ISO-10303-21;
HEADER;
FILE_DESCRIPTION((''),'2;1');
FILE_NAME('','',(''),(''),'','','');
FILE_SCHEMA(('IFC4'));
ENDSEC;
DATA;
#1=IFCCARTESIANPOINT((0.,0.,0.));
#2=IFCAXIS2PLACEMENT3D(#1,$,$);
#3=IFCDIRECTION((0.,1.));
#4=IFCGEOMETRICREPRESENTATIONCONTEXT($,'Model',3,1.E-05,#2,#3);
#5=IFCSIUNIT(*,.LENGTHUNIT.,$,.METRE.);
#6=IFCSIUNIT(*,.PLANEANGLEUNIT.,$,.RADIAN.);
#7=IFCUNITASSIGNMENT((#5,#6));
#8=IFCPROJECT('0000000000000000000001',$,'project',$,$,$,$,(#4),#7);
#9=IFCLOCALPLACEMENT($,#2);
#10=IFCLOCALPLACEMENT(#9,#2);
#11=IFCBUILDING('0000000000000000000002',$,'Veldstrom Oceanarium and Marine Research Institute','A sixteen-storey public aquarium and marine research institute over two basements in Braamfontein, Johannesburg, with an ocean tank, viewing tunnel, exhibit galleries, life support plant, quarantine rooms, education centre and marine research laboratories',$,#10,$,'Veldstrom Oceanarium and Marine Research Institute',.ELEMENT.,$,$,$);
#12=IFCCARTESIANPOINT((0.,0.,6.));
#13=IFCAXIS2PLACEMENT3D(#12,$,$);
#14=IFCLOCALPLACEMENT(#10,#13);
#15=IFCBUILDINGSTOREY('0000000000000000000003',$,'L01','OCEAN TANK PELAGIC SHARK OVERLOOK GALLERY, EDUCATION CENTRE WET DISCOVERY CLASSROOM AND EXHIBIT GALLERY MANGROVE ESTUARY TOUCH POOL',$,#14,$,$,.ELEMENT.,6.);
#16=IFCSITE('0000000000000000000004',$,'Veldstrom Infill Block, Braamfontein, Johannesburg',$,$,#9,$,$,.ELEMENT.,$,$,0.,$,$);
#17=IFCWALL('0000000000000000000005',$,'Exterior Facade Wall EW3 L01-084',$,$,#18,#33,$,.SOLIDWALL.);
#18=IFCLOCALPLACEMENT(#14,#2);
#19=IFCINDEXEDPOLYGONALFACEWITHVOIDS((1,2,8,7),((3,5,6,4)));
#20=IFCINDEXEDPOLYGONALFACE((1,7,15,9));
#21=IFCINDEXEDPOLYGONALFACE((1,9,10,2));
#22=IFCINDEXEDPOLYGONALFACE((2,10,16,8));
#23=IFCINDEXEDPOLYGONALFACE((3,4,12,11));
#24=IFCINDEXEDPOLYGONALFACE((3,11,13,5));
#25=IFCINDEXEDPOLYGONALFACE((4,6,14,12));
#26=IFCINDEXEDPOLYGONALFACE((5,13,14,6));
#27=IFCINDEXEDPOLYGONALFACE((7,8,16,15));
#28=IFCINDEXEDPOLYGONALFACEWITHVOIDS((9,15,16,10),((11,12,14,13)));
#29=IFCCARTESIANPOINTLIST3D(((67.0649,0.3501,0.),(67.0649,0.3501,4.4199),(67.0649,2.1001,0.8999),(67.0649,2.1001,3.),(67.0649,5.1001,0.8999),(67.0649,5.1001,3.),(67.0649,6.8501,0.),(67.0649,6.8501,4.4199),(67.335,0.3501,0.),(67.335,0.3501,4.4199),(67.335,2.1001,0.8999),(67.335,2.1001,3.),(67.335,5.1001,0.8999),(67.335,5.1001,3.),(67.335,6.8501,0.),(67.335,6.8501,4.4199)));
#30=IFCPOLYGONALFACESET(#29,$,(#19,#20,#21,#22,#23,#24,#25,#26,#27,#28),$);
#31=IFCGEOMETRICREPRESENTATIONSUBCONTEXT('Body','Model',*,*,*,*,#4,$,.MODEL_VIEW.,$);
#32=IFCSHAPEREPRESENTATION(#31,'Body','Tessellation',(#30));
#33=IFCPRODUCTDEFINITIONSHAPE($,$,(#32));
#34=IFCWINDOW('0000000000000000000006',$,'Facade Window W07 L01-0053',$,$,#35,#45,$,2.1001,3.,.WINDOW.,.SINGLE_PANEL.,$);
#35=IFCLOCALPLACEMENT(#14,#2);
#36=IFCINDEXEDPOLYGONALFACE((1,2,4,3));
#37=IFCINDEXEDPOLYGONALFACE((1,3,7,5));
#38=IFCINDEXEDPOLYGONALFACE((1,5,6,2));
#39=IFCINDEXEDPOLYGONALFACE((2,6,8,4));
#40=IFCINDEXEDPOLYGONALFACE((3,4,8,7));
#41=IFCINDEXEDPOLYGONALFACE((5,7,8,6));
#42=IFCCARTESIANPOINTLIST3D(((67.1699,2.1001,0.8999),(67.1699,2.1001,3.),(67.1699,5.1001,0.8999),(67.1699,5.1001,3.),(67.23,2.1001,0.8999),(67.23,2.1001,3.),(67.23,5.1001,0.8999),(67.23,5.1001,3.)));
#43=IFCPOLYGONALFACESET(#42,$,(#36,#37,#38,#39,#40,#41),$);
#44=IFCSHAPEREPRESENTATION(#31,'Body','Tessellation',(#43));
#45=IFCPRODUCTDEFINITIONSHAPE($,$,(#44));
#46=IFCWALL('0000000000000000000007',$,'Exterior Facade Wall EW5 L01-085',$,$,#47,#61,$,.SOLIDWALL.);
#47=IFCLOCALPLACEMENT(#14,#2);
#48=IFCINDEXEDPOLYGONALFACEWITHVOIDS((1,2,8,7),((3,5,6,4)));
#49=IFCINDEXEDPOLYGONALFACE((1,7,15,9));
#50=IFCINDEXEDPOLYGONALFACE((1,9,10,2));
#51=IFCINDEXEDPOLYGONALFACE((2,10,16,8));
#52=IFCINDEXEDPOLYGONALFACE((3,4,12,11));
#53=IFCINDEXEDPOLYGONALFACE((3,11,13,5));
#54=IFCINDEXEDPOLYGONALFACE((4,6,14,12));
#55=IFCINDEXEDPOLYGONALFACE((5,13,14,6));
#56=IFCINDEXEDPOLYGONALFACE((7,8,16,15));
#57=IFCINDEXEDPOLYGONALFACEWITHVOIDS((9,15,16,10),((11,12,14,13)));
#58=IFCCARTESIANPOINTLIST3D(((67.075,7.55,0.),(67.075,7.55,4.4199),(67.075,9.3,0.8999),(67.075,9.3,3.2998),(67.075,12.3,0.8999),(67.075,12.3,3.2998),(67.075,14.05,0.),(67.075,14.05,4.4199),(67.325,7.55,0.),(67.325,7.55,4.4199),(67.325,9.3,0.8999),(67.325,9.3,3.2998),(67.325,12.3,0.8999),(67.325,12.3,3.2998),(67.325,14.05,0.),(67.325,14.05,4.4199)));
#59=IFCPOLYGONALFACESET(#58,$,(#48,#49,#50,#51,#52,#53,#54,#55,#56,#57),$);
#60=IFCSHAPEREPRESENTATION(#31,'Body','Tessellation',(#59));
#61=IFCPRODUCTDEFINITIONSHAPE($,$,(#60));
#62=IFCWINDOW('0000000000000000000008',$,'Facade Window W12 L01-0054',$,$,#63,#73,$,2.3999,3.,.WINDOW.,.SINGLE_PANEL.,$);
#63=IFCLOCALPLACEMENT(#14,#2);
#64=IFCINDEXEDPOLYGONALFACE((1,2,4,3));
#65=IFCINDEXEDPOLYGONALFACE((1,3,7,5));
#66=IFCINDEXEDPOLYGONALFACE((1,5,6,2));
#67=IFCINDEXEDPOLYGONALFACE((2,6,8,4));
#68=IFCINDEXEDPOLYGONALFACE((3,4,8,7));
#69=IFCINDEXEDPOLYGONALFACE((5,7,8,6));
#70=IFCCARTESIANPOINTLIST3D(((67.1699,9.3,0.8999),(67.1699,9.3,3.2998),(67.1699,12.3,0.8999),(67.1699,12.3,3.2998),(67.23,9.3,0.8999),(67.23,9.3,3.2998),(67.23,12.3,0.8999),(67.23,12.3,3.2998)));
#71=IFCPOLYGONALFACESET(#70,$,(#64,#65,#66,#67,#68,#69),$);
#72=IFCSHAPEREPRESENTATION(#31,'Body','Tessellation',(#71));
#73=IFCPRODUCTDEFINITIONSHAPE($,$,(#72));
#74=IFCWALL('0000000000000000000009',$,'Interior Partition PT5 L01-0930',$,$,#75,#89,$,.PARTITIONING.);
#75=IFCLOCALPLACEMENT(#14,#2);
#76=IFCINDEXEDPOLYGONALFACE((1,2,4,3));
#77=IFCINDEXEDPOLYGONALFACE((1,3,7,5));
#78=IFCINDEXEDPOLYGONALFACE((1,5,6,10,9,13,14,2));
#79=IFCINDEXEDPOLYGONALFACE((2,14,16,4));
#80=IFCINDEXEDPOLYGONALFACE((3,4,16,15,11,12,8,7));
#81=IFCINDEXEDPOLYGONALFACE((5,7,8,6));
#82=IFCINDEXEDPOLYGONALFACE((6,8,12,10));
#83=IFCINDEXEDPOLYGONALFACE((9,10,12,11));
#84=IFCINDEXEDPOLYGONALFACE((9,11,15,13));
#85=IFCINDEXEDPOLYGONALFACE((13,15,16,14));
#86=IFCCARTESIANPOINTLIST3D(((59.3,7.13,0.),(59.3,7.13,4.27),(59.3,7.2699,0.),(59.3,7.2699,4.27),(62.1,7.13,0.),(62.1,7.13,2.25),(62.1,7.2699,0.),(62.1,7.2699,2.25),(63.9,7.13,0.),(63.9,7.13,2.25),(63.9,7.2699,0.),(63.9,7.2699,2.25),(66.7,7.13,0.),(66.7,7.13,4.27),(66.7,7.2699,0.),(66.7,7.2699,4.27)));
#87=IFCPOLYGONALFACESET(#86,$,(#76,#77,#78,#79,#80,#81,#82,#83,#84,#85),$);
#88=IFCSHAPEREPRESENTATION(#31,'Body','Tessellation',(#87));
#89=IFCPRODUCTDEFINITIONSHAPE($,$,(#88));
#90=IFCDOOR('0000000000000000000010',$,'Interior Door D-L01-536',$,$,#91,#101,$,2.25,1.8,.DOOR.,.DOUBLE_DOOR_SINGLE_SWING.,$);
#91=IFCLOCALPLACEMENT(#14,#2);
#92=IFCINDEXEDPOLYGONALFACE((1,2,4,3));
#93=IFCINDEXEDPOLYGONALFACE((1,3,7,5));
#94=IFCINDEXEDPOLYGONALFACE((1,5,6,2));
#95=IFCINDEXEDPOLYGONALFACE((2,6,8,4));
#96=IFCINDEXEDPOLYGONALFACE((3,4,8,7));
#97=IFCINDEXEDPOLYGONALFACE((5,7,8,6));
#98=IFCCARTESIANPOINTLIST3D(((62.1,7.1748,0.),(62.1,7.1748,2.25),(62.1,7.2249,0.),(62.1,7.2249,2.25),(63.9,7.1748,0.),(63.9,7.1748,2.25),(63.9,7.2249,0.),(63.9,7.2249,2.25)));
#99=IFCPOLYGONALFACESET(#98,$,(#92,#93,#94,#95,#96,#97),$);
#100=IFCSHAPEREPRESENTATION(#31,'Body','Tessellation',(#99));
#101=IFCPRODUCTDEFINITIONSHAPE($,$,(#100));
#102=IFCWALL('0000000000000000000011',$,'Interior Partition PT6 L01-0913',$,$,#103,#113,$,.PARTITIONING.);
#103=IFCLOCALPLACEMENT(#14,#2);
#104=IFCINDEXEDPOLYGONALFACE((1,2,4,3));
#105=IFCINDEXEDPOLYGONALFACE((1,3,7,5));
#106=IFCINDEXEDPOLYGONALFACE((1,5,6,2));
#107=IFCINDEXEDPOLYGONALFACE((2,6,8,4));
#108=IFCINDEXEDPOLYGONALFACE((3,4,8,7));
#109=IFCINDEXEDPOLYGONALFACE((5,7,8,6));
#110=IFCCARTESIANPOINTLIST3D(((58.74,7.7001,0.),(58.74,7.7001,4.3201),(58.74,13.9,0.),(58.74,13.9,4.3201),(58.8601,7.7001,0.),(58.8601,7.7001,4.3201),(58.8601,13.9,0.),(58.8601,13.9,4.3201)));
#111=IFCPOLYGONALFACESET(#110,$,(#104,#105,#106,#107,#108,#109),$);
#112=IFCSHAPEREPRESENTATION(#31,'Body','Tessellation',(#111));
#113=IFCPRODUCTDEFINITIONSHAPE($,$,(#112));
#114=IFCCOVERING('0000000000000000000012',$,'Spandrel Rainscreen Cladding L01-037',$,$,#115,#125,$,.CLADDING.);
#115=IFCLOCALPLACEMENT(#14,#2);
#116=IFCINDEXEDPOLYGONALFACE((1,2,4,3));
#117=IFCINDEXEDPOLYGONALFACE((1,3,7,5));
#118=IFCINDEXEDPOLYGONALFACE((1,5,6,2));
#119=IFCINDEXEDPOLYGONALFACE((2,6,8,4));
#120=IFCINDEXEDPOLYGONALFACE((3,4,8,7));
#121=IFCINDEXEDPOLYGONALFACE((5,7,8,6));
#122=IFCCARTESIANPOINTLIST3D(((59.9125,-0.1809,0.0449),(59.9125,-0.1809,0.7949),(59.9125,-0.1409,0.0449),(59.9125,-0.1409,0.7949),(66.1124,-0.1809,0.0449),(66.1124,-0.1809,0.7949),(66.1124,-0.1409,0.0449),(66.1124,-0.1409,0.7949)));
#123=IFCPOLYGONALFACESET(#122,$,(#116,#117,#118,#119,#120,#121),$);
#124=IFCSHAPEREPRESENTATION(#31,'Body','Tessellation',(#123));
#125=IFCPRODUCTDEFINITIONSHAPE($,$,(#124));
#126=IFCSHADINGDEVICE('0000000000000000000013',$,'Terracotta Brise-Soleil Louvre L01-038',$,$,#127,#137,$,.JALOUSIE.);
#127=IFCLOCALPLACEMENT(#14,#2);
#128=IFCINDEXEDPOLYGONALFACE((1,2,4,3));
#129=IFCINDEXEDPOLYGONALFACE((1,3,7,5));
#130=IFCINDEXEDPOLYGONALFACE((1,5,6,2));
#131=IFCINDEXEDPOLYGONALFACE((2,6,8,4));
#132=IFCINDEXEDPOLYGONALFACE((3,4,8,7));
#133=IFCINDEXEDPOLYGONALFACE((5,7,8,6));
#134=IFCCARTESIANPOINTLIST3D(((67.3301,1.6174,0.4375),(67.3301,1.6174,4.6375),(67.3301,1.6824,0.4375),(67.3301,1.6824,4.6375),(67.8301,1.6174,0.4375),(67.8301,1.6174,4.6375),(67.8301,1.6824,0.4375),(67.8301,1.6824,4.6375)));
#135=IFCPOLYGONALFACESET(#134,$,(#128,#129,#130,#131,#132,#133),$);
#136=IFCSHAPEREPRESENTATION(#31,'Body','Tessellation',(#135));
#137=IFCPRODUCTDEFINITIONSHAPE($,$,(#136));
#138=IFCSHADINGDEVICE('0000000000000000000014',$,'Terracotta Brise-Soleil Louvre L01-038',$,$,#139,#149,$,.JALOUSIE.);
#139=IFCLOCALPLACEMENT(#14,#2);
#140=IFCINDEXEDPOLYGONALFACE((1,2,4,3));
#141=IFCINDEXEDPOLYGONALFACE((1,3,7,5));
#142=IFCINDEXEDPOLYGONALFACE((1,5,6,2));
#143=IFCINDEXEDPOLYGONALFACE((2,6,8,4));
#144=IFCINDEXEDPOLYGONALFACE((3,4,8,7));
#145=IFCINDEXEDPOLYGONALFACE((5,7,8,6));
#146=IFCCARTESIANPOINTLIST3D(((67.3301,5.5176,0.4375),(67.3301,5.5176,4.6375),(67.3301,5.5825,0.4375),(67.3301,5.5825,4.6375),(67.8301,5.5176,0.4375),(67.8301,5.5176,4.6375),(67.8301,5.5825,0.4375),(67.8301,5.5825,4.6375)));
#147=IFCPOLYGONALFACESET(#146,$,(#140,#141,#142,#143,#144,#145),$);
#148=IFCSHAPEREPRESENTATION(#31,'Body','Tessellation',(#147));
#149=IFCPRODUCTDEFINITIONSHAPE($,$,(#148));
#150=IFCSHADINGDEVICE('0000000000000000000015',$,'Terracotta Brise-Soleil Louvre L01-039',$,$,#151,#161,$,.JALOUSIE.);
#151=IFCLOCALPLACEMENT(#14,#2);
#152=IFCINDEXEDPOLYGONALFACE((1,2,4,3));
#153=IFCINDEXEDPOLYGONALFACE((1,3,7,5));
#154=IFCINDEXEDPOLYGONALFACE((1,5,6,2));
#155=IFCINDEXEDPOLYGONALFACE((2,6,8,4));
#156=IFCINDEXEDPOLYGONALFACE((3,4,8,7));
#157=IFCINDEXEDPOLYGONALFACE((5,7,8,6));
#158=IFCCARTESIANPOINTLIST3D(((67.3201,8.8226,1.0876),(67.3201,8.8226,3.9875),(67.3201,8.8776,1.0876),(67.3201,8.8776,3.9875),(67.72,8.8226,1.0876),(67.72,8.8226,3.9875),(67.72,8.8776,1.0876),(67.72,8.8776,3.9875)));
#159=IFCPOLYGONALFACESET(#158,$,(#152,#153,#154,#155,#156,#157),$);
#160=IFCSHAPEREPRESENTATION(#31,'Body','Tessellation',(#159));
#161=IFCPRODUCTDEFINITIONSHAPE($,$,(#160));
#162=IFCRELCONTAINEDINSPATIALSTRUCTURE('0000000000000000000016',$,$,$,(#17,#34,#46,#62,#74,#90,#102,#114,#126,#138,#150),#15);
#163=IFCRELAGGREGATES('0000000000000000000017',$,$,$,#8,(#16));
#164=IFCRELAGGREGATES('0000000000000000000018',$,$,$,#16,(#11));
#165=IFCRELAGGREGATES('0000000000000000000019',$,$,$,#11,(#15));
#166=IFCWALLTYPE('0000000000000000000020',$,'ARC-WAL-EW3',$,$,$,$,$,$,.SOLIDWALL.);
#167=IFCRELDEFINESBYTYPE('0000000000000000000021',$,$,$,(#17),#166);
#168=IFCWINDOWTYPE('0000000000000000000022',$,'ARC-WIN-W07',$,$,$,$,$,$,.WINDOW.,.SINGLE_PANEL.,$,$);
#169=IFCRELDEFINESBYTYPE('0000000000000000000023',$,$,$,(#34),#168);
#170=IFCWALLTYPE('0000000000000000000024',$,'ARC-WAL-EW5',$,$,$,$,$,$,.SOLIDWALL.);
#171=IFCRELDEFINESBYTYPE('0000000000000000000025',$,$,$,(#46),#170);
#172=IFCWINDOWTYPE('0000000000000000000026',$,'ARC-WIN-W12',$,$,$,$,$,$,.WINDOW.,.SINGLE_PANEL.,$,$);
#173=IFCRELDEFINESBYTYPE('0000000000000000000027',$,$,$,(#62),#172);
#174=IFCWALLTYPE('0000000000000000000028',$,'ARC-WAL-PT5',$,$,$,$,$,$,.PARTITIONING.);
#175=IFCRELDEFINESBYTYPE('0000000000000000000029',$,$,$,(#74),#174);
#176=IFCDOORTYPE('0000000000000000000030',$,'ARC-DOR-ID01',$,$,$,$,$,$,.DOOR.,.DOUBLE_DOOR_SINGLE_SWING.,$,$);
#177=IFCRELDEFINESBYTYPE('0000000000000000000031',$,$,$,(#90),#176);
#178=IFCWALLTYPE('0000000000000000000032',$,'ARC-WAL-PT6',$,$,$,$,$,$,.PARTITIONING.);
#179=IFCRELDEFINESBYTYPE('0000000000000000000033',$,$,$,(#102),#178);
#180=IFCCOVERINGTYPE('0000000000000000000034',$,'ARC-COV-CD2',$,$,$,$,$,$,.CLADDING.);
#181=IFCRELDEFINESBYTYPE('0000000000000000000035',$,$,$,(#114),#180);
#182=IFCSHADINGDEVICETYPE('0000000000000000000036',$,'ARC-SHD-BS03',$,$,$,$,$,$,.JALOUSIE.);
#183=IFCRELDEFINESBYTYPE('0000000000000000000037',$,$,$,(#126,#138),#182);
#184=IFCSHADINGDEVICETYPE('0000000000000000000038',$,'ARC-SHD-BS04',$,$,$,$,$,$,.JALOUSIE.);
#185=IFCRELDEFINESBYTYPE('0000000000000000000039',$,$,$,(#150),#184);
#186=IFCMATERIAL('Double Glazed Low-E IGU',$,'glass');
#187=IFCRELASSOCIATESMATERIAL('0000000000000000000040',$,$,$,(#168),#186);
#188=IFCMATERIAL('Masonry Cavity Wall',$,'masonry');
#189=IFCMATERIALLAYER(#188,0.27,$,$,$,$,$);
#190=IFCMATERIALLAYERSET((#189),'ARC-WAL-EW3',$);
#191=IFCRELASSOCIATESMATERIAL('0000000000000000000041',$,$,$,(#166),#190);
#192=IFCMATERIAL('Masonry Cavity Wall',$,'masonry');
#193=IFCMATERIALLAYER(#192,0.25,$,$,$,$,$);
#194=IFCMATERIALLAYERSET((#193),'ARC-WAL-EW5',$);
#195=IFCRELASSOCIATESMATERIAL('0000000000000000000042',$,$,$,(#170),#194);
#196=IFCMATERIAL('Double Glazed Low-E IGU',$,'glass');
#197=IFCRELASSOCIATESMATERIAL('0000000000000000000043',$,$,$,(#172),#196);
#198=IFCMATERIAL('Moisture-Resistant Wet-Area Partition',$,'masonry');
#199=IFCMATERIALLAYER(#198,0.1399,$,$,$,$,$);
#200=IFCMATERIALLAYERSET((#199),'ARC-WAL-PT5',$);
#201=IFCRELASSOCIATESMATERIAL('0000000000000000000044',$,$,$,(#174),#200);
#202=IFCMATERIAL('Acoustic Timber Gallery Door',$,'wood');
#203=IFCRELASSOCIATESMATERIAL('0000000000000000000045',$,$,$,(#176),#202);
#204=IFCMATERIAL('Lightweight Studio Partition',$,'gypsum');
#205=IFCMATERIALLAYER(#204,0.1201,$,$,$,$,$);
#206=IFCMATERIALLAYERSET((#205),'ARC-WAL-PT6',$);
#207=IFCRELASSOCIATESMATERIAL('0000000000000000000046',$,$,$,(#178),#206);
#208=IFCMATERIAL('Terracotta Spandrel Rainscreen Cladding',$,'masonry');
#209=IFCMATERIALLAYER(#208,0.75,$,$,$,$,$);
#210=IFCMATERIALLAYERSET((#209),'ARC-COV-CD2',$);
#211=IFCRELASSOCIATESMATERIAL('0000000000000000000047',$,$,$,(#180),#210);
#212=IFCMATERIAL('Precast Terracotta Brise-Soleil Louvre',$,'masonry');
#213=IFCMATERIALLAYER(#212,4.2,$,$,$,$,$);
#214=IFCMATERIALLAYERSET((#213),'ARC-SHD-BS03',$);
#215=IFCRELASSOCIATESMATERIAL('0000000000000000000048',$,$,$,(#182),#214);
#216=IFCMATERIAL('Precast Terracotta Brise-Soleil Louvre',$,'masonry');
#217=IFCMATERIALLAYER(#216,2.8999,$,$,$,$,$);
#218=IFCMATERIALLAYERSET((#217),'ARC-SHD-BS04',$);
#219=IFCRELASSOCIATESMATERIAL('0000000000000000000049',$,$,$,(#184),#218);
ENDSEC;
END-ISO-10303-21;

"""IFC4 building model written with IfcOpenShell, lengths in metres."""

from ifc_helpers import new_model, si_unit, direction, frame, frame_2d, origin, origin_2d, place, context, subcontext, project, spatial, rectangle, extrude, material, layer, layer_set, type_object, element, fill, save


model = new_model("IFC4")

# Units and contexts
model_context = context("Model", 3, precision=1e-05, world=origin(), true_north=direction((0.0, 1.0)))
body_context = subcontext(model_context, "Body", "Model", "MODEL_VIEW")
ifc_project = project(units=[si_unit("LENGTHUNIT", "METRE"), si_unit("PLANEANGLEUNIT", "RADIAN")], contexts=[model_context])

# Site, building, storey
site_placement = place(None, origin())
site = spatial("IfcSite", under=ifc_project, at=site_placement, Name="Veldstrom Infill Block, Braamfontein, Johannesburg", CompositionType="ELEMENT", RefElevation=0.0)
building_placement = place(site_placement, origin())
building = spatial("IfcBuilding", under=site, at=building_placement, Name="Veldstrom Oceanarium and Marine Research Institute", Description="A sixteen-storey public aquarium and marine research institute over two basements in Braamfontein, Johannesburg, with an ocean tank, viewing tunnel, exhibit galleries, life support plant, quarantine rooms, education centre and marine research laboratories", LongName="Veldstrom Oceanarium and Marine Research Institute", CompositionType="ELEMENT")
storey_placement = place(building_placement, frame((0.0, 0.0, 6.0)))
storey = spatial("IfcBuildingStorey", under=building, at=storey_placement, Name="L01", Description="OCEAN TANK PELAGIC SHARK OVERLOOK GALLERY, EDUCATION CENTRE WET DISCOVERY CLASSROOM AND EXHIBIT GALLERY MANGROVE ESTUARY TOUCH POOL", CompositionType="ELEMENT", Elevation=6.0)

# Walls, openings, windows
ifc_material_1 = material(Name="Double Glazed Low-E IGU", Category="glass")
window_type_1 = type_object("IfcWindowType", Name="ARC-WIN-W07", PartitioningType="SINGLE_PANEL", PredefinedType="WINDOW", material=ifc_material_1)
ifc_material_2 = material(Name="Masonry Cavity Wall", Category="masonry")
ifc_layer_1 = layer(ifc_material_2, 0.27)
ifc_layer_set_1 = layer_set([ifc_layer_1], Name="ARC-WAL-EW3")
wall_type_1 = type_object("IfcWallType", Name="ARC-WAL-EW3", PredefinedType="SOLIDWALL", material=ifc_layer_set_1)
wall_1_placement = place(storey_placement, frame((67.2, 0.3501, 0.0), z_axis=(0.0, 0.0, 1.0), x_axis=(0.0, 1.0, 0.0)))
wall_1 = element("IfcWall", 1, at=wall_1_placement, inside=storey, type_object=wall_type_1, Name="Exterior Facade Wall EW3 L01-084", PredefinedType="SOLIDWALL", context=body_context, shape_type="SweptSolid", body=[
    extrude(rectangle(XDim=6.5, YDim=0.27, at=frame_2d((3.25, 0.0))), origin(), (0.0, 0.0, 1.0), 4.4199),
])
opening_1_placement = place(wall_1_placement, frame((1.75, 0.0, 0.8999)))
opening_1 = element("IfcOpeningElement", 2, at=opening_1_placement, cuts=wall_1, PredefinedType="OPENING", context=body_context, shape_type="SweptSolid", body=[
    extrude(rectangle(XDim=3.0, YDim=2.1001, at=frame_2d((1.5, 1.05))), frame((0.0, 0.145, 0.0), z_axis=(0.0, -1.0, 0.0), x_axis=(1.0, 0.0, 0.0)), (0.0, 0.0, 1.0), 0.29),
])
window_1_placement = place(opening_1_placement, origin())
window_1 = element("IfcWindow", 3, at=window_1_placement, inside=storey, type_object=window_type_1, Name="Facade Window W07 L01-0053", OverallHeight=2.1001, OverallWidth=3.0, PartitioningType="SINGLE_PANEL", PredefinedType="WINDOW", context=body_context, shape_type="SweptSolid", body=[
    extrude(rectangle(XDim=3.0, YDim=2.1001, at=frame_2d((1.5, 1.05))), frame((0.0, 0.03, 0.0), z_axis=(0.0, -1.0, 0.0), x_axis=(1.0, 0.0, 0.0)), (0.0, 0.0, 1.0), 0.0601),
])
fill(opening_1, window_1)
ifc_material_3 = material(Name="Masonry Cavity Wall", Category="masonry")
ifc_layer_2 = layer(ifc_material_3, 0.25)
ifc_layer_set_2 = layer_set([ifc_layer_2], Name="ARC-WAL-EW5")
wall_type_2 = type_object("IfcWallType", Name="ARC-WAL-EW5", PredefinedType="SOLIDWALL", material=ifc_layer_set_2)
wall_2_placement = place(storey_placement, frame((67.2, 7.55, 0.0), z_axis=(0.0, 0.0, 1.0), x_axis=(0.0, 1.0, 0.0)))
wall_2 = element("IfcWall", 4, at=wall_2_placement, inside=storey, type_object=wall_type_2, Name="Exterior Facade Wall EW5 L01-085", PredefinedType="SOLIDWALL", context=body_context, shape_type="SweptSolid", body=[
    extrude(rectangle(XDim=6.5, YDim=0.25, at=frame_2d((3.25, 0.0))), origin(), (0.0, 0.0, 1.0), 4.4199),
])
opening_2_placement = place(wall_2_placement, frame((1.75, 0.0, 0.8999)))
opening_2 = element("IfcOpeningElement", 5, at=opening_2_placement, cuts=wall_2, PredefinedType="OPENING", context=body_context, shape_type="SweptSolid", body=[
    extrude(rectangle(XDim=3.0, YDim=2.3999, at=frame_2d((1.5, 1.2))), frame((0.0, 0.135, 0.0), z_axis=(0.0, -1.0, 0.0), x_axis=(1.0, 0.0, 0.0)), (0.0, 0.0, 1.0), 0.27),
])
ifc_material_4 = material(Name="Double Glazed Low-E IGU", Category="glass")
window_type_2 = type_object("IfcWindowType", Name="ARC-WIN-W12", PartitioningType="SINGLE_PANEL", PredefinedType="WINDOW", material=ifc_material_4)
window_2_placement = place(opening_2_placement, origin())
window_2 = element("IfcWindow", 6, at=window_2_placement, inside=storey, type_object=window_type_2, Name="Facade Window W12 L01-0054", OverallHeight=2.3999, OverallWidth=3.0, PartitioningType="SINGLE_PANEL", PredefinedType="WINDOW", context=body_context, shape_type="SweptSolid", body=[
    extrude(rectangle(XDim=3.0, YDim=2.3999, at=frame_2d((1.5, 1.2))), frame((0.0, 0.03, 0.0), z_axis=(0.0, -1.0, 0.0), x_axis=(1.0, 0.0, 0.0)), (0.0, 0.0, 1.0), 0.0601),
])
fill(opening_2, window_2)

# Wall, opening, door
ifc_material_5 = material(Name="Moisture-Resistant Wet-Area Partition", Category="masonry")
ifc_layer_3 = layer(ifc_material_5, 0.1399)
ifc_layer_set_3 = layer_set([ifc_layer_3], Name="ARC-WAL-PT5")
wall_type_3 = type_object("IfcWallType", Name="ARC-WAL-PT5", PredefinedType="PARTITIONING", material=ifc_layer_set_3)
wall_3_placement = place(storey_placement, frame((59.3, 7.2, 0.0), z_axis=(0.0, 0.0, 1.0), x_axis=(1.0, 0.0, 0.0)))
wall_3 = element("IfcWall", 7, at=wall_3_placement, inside=storey, type_object=wall_type_3, Name="Interior Partition PT5 L01-0930", PredefinedType="PARTITIONING", context=body_context, shape_type="SweptSolid", body=[
    extrude(rectangle(XDim=7.3999, YDim=0.1399, at=frame_2d((3.7, 0.0))), origin(), (0.0, 0.0, 1.0), 4.27),
])
opening_3_placement = place(wall_3_placement, frame((2.8, 0.0, 0.0)))
opening_3 = element("IfcOpeningElement", 8, at=opening_3_placement, cuts=wall_3, PredefinedType="OPENING", context=body_context, shape_type="SweptSolid", body=[
    extrude(rectangle(XDim=1.8, YDim=2.25, at=frame_2d((0.8999, 1.125))), frame((0.0, 0.0798, 0.0), z_axis=(0.0, -1.0, 0.0), x_axis=(1.0, 0.0, 0.0)), (0.0, 0.0, 1.0), 0.1599),
])
ifc_material_6 = material(Name="Acoustic Timber Gallery Door", Category="wood")
door_type = type_object("IfcDoorType", Name="ARC-DOR-ID01", OperationType="DOUBLE_DOOR_SINGLE_SWING", PredefinedType="DOOR", material=ifc_material_6)
door_placement = place(opening_3_placement, origin())
door = element("IfcDoor", 9, at=door_placement, inside=storey, type_object=door_type, Name="Interior Door D-L01-536", OperationType="DOUBLE_DOOR_SINGLE_SWING", OverallHeight=2.25, OverallWidth=1.8, PredefinedType="DOOR", context=body_context, shape_type="SweptSolid", body=[
    extrude(rectangle(XDim=1.8, YDim=2.25, at=frame_2d((0.8999, 1.125))), frame((0.0, 0.0249, 0.0), z_axis=(0.0, -1.0, 0.0), x_axis=(1.0, 0.0, 0.0)), (0.0, 0.0, 1.0), 0.05),
])
fill(opening_3, door)

# Wall
ifc_material_7 = material(Name="Lightweight Studio Partition", Category="gypsum")
ifc_layer_4 = layer(ifc_material_7, 0.1201)
ifc_layer_set_4 = layer_set([ifc_layer_4], Name="ARC-WAL-PT6")
wall_type_4 = type_object("IfcWallType", Name="ARC-WAL-PT6", PredefinedType="PARTITIONING", material=ifc_layer_set_4)
wall_4_placement = place(storey_placement, frame((58.8, 7.7, 0.0), z_axis=(0.0, 0.0, 1.0), x_axis=(0.0, 1.0, 0.0)))
element("IfcWall", 10, at=wall_4_placement, inside=storey, type_object=wall_type_4, Name="Interior Partition PT6 L01-0913", PredefinedType="PARTITIONING", context=body_context, shape_type="SweptSolid", body=[
    extrude(rectangle(XDim=6.2, YDim=0.1201, at=frame_2d((3.1001, 0.0))), origin(), (0.0, 0.0, 1.0), 4.3201),
])

# Covering
ifc_material_8 = material(Name="Terracotta Spandrel Rainscreen Cladding", Category="masonry")
ifc_layer_5 = layer(ifc_material_8, 0.75)
ifc_layer_set_5 = layer_set([ifc_layer_5], Name="ARC-COV-CD2")
covering_type = type_object("IfcCoveringType", Name="ARC-COV-CD2", PredefinedType="CLADDING", material=ifc_layer_set_5)
covering_placement = place(storey_placement, frame((63.0125, -0.1609, 0.0449), z_axis=(0.0, 0.0, 1.0), x_axis=(1.0, 0.0, 0.0)))
element("IfcCovering", 11, at=covering_placement, inside=storey, type_object=covering_type, Name="Spandrel Rainscreen Cladding L01-037", PredefinedType="CLADDING", context=body_context, shape_type="SweptSolid", body=[
    extrude(rectangle(XDim=6.2, YDim=0.04, at=origin_2d()), origin(), (0.0, 0.0, 1.0), 0.75),
])

# Shading devices
ifc_material_9 = material(Name="Precast Terracotta Brise-Soleil Louvre", Category="masonry")
ifc_layer_6 = layer(ifc_material_9, 4.2)
ifc_layer_set_6 = layer_set([ifc_layer_6], Name="ARC-SHD-BS03")
shading_device_type_1 = type_object("IfcShadingDeviceType", Name="ARC-SHD-BS03", PredefinedType="JALOUSIE", material=ifc_layer_set_6)
for number, where, z_axis, x_axis, name in (
    (12, (67.5801, 1.6499, 0.4375), (0.0, 0.0, 1.0), (1.0, 0.0, 0.0), "Terracotta Brise-Soleil Louvre L01-038"),
    (13, (67.5801, 5.55, 0.4375), (0.0, 0.0, 1.0), (1.0, 0.0, 0.0), "Terracotta Brise-Soleil Louvre L01-038"),
):
    element("IfcShadingDevice", number, at=place(storey_placement, frame(where, z_axis=z_axis, x_axis=x_axis)), inside=storey, type_object=shading_device_type_1, Name=name, PredefinedType="JALOUSIE", context=body_context, shape_type="SweptSolid", body=[
        extrude(rectangle(XDim=0.5, YDim=0.0649, at=origin_2d()), origin(), (0.0, 0.0, 1.0), 4.2),
    ])
ifc_material_10 = material(Name="Precast Terracotta Brise-Soleil Louvre", Category="masonry")
ifc_layer_7 = layer(ifc_material_10, 2.8999)
ifc_layer_set_7 = layer_set([ifc_layer_7], Name="ARC-SHD-BS04")
shading_device_type_2 = type_object("IfcShadingDeviceType", Name="ARC-SHD-BS04", PredefinedType="JALOUSIE", material=ifc_layer_set_7)
for number, where, z_axis, x_axis, name in (
    (14, (67.52, 8.8501, 1.0876), (0.0, 0.0, 1.0), (1.0, 0.0, 0.0), "Terracotta Brise-Soleil Louvre L01-039"),
):
    element("IfcShadingDevice", number, at=place(storey_placement, frame(where, z_axis=z_axis, x_axis=x_axis)), inside=storey, type_object=shading_device_type_2, Name=name, PredefinedType="JALOUSIE", context=body_context, shape_type="SweptSolid", body=[
        extrude(rectangle(XDim=0.3999, YDim=0.0549, at=origin_2d()), origin(), (0.0, 0.0, 1.0), 2.8999),
    ])

save(model, "model.ifc")
